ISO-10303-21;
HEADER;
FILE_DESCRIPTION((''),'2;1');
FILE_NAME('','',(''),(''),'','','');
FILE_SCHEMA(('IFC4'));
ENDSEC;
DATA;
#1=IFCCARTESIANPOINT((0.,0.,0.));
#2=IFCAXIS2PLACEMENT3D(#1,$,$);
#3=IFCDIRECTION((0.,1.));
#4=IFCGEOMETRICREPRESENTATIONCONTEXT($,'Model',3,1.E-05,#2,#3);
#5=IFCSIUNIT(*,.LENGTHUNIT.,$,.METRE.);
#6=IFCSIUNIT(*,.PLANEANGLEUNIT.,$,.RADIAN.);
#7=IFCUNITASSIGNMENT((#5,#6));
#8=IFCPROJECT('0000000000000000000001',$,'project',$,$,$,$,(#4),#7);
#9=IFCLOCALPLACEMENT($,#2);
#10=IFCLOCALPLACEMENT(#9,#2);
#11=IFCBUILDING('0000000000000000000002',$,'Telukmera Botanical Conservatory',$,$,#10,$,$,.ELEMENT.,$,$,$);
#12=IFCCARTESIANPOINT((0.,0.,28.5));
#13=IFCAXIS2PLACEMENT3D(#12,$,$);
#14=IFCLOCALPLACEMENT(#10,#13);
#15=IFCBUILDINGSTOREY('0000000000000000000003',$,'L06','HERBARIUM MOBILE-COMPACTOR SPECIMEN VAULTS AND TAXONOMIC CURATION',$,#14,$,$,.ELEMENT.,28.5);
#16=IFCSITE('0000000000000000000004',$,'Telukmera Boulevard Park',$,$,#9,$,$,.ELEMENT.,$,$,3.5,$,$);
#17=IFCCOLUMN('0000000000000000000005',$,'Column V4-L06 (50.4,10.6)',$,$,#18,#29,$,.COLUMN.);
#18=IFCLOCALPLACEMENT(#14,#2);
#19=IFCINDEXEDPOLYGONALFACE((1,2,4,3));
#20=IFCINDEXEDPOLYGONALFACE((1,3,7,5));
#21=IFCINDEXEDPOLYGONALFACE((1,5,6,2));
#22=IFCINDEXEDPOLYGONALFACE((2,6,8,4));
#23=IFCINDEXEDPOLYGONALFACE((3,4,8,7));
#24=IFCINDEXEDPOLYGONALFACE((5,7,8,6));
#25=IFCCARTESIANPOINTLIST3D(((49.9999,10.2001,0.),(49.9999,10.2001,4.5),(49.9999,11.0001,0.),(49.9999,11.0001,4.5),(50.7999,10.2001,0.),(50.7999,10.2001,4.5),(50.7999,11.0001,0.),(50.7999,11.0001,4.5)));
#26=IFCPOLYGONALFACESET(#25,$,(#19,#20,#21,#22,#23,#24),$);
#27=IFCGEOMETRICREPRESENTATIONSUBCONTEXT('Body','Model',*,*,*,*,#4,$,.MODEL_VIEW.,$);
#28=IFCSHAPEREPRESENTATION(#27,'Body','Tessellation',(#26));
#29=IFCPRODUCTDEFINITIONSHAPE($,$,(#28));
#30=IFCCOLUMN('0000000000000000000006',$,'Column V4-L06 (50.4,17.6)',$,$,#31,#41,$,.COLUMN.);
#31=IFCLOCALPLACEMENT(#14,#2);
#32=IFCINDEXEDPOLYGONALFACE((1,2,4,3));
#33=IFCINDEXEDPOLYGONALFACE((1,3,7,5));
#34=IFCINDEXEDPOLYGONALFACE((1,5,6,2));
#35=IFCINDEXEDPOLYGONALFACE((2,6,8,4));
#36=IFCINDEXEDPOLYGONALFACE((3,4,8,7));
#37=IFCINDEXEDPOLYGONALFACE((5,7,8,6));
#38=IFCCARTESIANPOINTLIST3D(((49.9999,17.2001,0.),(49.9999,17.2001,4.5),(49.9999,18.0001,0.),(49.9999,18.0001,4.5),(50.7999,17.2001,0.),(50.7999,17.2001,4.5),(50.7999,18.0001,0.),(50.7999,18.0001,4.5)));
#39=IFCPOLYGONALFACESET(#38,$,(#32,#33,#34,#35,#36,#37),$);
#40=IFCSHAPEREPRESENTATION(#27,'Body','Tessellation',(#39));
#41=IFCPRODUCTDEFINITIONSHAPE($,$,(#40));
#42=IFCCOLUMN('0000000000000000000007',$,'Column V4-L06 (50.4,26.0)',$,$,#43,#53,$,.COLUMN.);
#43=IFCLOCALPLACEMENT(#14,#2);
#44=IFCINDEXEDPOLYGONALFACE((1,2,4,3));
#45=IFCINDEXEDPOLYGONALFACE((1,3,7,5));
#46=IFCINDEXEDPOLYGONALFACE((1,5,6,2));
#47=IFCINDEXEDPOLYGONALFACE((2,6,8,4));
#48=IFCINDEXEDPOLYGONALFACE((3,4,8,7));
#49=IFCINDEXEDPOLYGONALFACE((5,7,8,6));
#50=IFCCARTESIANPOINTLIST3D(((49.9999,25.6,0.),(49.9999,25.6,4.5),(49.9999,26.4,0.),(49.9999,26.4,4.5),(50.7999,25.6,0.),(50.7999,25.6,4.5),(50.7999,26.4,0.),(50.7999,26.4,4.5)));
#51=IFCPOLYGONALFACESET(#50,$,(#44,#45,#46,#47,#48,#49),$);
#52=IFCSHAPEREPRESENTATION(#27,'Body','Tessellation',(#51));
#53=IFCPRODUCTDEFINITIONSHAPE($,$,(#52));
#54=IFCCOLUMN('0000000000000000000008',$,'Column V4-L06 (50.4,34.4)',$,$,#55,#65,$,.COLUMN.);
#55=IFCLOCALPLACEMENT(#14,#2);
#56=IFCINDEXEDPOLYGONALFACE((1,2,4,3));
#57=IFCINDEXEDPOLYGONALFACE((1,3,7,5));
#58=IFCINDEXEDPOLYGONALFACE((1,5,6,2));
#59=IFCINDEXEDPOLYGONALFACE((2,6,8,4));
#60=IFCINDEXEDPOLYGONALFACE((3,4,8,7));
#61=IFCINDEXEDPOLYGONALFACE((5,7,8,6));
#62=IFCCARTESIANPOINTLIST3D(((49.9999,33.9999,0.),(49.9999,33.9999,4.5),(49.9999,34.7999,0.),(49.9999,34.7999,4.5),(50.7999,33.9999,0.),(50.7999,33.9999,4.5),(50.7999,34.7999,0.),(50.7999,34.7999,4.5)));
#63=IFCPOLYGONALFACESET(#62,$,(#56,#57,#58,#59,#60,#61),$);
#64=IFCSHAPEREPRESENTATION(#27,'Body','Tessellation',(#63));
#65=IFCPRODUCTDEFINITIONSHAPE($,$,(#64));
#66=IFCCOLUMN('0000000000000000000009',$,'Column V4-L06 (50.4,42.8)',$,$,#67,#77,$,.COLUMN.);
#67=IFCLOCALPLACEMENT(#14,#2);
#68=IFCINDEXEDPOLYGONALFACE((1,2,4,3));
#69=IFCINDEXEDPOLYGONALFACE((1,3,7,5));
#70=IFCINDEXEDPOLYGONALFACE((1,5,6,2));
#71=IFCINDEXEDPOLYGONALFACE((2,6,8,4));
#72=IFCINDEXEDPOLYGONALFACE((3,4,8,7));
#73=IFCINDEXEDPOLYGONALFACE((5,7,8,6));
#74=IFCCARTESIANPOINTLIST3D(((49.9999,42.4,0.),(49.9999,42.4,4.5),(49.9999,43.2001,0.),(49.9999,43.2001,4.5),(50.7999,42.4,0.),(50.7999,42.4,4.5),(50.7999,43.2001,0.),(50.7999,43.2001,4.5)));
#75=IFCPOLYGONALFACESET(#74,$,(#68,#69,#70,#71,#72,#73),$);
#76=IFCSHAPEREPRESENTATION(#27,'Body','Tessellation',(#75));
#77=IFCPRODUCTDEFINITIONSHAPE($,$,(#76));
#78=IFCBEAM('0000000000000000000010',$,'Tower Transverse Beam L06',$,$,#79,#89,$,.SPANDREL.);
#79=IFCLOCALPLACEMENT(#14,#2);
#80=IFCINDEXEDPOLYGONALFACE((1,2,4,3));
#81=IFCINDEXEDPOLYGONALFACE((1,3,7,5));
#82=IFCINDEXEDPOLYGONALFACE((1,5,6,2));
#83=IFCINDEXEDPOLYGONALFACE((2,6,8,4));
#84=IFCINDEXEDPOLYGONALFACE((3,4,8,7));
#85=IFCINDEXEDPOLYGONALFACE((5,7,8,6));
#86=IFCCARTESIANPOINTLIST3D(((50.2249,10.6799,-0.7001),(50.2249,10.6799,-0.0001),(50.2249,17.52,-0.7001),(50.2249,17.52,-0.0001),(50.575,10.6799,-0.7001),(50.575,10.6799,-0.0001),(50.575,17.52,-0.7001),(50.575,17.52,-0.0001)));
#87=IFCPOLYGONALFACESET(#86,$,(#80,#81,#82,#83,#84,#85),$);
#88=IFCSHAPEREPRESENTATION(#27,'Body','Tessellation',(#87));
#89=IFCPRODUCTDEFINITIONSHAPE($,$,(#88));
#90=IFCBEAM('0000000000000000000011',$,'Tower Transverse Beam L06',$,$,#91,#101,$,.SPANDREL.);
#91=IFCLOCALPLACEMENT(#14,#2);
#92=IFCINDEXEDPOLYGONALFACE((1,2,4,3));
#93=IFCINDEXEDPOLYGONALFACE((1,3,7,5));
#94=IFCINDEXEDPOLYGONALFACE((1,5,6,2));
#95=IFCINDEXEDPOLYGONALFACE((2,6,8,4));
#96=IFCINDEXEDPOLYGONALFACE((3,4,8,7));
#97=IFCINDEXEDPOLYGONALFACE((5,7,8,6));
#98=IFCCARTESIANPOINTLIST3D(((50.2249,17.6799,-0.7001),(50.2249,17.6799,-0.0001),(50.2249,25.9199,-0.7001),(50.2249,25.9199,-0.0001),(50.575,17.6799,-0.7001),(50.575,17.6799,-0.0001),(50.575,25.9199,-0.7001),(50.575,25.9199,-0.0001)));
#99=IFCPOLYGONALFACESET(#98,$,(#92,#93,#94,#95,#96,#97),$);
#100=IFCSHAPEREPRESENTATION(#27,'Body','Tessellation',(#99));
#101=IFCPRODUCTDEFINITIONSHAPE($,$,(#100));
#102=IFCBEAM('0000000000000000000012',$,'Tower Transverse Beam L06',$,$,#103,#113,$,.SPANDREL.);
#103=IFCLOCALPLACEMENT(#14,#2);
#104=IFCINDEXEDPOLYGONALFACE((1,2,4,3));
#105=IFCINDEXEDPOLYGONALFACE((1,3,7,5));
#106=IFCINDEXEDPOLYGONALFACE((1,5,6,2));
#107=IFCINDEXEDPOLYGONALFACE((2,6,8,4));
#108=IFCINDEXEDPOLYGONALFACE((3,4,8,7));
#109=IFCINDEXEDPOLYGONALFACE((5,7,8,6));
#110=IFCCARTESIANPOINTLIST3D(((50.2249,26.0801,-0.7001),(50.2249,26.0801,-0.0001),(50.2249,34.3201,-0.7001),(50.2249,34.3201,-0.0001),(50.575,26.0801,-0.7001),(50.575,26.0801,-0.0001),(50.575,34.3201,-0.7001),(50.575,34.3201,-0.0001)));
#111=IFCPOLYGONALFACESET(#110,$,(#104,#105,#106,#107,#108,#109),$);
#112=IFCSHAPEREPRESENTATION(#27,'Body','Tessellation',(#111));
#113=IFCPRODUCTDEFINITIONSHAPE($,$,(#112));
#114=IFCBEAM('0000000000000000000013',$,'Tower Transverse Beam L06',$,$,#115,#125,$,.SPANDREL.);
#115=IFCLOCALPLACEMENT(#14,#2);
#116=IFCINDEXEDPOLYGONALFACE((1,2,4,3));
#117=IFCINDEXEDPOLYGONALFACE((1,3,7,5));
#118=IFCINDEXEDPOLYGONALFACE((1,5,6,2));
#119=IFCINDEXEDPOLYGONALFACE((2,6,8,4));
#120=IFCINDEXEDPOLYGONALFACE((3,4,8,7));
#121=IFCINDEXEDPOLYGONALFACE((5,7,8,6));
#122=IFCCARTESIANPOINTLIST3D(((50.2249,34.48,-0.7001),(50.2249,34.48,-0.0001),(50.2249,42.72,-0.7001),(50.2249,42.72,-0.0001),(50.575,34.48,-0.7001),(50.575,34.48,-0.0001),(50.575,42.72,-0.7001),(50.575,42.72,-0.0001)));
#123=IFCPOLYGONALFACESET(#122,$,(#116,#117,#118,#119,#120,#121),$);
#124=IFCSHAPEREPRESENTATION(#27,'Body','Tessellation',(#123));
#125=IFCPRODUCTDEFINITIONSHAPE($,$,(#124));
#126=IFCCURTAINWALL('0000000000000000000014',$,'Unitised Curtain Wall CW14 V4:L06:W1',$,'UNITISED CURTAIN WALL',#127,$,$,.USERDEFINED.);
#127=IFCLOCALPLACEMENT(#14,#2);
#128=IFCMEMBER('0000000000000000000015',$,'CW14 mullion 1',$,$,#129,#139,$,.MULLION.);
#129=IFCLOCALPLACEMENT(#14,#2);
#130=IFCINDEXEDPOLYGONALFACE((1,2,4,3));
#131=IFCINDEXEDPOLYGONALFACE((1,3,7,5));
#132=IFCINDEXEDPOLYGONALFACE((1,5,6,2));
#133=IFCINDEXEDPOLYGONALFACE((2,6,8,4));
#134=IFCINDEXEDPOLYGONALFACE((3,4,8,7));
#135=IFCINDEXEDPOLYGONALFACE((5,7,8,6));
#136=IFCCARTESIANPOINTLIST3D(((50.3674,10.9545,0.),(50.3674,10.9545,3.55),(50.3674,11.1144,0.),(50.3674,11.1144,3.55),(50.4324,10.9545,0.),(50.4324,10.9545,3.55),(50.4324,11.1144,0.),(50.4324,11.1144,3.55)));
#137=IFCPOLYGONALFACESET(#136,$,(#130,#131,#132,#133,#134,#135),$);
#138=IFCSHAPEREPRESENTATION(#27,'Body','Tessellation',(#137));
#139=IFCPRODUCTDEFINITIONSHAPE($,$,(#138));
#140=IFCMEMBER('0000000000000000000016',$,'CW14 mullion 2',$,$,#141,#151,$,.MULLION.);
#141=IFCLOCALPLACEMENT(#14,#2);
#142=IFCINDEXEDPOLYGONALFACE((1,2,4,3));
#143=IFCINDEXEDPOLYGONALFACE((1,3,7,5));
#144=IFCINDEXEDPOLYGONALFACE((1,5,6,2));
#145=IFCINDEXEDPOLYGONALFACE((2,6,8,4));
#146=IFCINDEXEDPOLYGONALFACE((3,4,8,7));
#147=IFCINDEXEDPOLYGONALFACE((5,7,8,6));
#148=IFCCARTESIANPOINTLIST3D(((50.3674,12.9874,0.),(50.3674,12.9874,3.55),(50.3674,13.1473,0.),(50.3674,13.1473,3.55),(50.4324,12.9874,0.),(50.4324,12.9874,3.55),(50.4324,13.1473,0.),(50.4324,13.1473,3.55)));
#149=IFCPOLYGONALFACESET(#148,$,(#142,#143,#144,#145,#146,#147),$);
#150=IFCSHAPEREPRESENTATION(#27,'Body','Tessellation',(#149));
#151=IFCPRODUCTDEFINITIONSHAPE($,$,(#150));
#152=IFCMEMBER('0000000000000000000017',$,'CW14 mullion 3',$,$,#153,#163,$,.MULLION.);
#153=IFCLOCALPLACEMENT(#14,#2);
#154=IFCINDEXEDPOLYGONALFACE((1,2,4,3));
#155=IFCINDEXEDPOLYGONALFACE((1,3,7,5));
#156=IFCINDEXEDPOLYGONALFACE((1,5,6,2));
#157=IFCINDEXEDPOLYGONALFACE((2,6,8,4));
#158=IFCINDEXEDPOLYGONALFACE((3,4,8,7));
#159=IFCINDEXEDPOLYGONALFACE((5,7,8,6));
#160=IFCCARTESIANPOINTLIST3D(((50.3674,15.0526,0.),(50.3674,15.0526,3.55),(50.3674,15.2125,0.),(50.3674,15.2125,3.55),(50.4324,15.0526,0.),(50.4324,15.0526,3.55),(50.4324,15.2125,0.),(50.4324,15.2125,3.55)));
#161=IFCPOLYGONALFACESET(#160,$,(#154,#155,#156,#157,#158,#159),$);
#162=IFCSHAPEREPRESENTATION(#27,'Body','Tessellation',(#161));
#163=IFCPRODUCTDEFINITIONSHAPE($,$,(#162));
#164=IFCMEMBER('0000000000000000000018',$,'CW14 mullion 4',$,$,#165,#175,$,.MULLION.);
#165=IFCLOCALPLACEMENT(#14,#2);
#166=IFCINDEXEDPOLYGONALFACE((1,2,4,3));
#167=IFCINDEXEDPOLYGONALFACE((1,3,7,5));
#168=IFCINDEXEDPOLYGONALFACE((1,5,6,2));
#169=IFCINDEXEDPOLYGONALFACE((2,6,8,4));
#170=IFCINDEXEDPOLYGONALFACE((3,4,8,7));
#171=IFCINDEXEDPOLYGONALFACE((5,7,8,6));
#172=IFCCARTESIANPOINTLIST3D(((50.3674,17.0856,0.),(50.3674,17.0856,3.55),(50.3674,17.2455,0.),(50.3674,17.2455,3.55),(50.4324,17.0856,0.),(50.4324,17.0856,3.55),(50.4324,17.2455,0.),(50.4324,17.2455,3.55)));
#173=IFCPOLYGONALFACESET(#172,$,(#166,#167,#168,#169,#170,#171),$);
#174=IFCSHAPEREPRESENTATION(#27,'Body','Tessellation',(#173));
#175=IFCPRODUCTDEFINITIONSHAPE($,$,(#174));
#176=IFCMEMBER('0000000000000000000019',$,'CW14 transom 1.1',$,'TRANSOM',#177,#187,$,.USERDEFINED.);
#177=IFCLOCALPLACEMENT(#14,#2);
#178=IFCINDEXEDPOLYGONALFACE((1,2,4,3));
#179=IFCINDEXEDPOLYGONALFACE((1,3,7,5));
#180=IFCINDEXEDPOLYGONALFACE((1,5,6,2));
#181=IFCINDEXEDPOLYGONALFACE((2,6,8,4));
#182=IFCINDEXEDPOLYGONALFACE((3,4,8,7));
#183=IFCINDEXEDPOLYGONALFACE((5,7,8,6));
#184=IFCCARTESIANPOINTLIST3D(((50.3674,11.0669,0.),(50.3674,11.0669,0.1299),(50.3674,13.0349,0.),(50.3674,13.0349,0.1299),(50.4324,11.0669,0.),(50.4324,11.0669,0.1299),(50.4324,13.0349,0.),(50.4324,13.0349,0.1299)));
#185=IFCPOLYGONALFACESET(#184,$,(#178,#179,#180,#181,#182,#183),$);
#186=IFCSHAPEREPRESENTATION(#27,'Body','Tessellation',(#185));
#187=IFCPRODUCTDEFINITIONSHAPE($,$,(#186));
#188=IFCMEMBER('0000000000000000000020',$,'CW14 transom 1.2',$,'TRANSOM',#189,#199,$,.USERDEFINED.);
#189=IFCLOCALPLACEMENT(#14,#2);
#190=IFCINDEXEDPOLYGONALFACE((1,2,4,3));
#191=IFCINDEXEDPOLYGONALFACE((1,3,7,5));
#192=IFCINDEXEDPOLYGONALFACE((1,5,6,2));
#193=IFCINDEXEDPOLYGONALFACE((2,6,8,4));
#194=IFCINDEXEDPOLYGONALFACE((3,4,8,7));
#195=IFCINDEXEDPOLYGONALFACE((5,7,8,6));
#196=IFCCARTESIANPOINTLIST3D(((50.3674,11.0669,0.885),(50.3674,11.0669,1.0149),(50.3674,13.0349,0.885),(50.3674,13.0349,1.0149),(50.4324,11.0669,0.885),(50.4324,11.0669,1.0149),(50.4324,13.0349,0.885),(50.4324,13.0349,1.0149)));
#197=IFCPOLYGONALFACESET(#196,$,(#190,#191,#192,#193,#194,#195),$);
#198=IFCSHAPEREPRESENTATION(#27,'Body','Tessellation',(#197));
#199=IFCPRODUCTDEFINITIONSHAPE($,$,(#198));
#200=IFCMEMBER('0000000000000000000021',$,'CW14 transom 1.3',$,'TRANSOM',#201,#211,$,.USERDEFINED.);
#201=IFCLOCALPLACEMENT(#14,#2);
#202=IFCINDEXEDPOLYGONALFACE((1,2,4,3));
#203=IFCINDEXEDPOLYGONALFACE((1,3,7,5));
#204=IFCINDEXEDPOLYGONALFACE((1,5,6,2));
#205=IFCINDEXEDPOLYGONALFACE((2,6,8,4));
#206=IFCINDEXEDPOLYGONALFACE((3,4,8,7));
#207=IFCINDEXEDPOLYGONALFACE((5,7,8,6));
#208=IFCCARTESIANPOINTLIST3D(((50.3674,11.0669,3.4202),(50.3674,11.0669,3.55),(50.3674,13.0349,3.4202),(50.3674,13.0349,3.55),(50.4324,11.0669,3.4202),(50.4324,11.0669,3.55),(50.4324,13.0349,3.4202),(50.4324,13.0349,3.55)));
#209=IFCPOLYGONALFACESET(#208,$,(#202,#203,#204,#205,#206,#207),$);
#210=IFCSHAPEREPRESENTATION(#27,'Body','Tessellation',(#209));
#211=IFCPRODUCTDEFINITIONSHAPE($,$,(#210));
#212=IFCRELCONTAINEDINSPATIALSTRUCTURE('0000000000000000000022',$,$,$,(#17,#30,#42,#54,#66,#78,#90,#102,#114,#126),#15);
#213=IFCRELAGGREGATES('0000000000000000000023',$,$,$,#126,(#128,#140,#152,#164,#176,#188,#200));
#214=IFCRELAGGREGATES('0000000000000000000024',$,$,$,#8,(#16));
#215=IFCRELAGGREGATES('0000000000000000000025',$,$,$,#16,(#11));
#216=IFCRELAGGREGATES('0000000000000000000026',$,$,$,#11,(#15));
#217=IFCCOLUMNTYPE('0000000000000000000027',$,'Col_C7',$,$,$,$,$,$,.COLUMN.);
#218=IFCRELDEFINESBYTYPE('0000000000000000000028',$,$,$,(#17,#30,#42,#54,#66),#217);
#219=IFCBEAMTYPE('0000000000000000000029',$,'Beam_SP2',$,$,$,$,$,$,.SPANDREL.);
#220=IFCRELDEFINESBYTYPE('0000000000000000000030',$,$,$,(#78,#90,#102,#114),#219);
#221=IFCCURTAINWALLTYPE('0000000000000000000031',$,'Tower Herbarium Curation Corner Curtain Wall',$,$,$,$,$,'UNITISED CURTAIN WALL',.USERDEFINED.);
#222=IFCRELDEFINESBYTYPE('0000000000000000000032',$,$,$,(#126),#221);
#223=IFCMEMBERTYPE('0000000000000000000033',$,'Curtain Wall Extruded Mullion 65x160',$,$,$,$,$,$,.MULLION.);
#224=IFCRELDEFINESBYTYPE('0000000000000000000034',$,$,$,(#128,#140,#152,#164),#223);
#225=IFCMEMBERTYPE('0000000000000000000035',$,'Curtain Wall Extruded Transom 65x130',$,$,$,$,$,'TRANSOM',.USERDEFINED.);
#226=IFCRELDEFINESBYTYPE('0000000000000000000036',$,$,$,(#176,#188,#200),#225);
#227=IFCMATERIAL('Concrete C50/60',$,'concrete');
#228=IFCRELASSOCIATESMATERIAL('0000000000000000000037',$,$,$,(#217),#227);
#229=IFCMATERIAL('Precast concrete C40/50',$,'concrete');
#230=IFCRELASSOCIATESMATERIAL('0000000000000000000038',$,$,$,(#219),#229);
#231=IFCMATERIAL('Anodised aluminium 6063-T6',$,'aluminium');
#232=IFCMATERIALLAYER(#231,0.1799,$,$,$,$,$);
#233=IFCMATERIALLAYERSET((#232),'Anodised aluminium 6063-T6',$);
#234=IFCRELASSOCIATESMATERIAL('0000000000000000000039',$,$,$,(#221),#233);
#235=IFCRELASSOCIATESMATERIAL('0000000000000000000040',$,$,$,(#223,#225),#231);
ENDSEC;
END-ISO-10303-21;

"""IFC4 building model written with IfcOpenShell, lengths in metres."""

from ifc_helpers import new_model, si_unit, direction, frame, origin, origin_2d, place, context, subcontext, project, spatial, rectangle, extrude, material, layer, layer_set, material_profile, profile_set, type_object, element, aggregate, save


model = new_model("IFC4")

# Units and contexts
model_context = context("Model", 3, precision=1e-05, world=origin(), true_north=direction((0.0, 1.0)))
body_context = subcontext(model_context, "Body", "Model", "MODEL_VIEW")
ifc_project = project(units=[si_unit("LENGTHUNIT", "METRE"), si_unit("PLANEANGLEUNIT", "RADIAN")], contexts=[model_context])

# Site, building, storey
site_placement = place(None, origin())
site = spatial("IfcSite", under=ifc_project, at=site_placement, Name="Telukmera Boulevard Park", CompositionType="ELEMENT", RefElevation=3.5)
building_placement = place(site_placement, origin())
building = spatial("IfcBuilding", under=site, at=building_placement, Name="Telukmera Botanical Conservatory", CompositionType="ELEMENT")
storey_placement = place(building_placement, frame((0.0, 0.0, 28.5)))
storey = spatial("IfcBuildingStorey", under=building, at=storey_placement, Name="L06", Description="HERBARIUM MOBILE-COMPACTOR SPECIMEN VAULTS AND TAXONOMIC CURATION", CompositionType="ELEMENT", Elevation=28.5)

# Columns
ifc_material_1 = material(Name="Concrete C50/60", Category="concrete")
ifc_material_profile_1 = material_profile(ifc_material_1, rectangle(XDim=0.8, YDim=0.8, at=origin_2d()), Name="RC 800x800")
ifc_profile_set_1 = profile_set([ifc_material_profile_1], Name="Concrete C50/60")
column_type = type_object("IfcColumnType", Name="Col_C7", PredefinedType="COLUMN", material=ifc_profile_set_1)
for number, where, z_axis, x_axis, name in (
    (1, (50.3999, 10.6001, 0.0), (0.0, 0.0, 1.0), (1.0, 0.0, 0.0), "Column V4-L06 (50.4,10.6)"),
    (2, (50.3999, 17.6001, 0.0), (0.0, 0.0, 1.0), (1.0, 0.0, 0.0), "Column V4-L06 (50.4,17.6)"),
    (3, (50.3999, 26.0, 0.0), (0.0, 0.0, 1.0), (1.0, 0.0, 0.0), "Column V4-L06 (50.4,26.0)"),
    (4, (50.3999, 34.3999, 0.0), (0.0, 0.0, 1.0), (1.0, 0.0, 0.0), "Column V4-L06 (50.4,34.4)"),
    (5, (50.3999, 42.8, 0.0), (0.0, 0.0, 1.0), (1.0, 0.0, 0.0), "Column V4-L06 (50.4,42.8)"),
):
    element("IfcColumn", number, at=place(storey_placement, frame(where, z_axis=z_axis, x_axis=x_axis)), inside=storey, type_object=column_type, Name=name, PredefinedType="COLUMN", context=body_context, shape_type="SweptSolid", body=[
        extrude(rectangle(XDim=0.8, YDim=0.8, at=origin_2d()), origin(), (0.0, 0.0, 1.0), 4.5),
    ])

# Beams
ifc_material_2 = material(Name="Precast concrete C40/50", Category="concrete")
ifc_material_profile_2 = material_profile(ifc_material_2, rectangle(XDim=0.3501, YDim=0.7, at=origin_2d()), Name="PC 350x700")
ifc_profile_set_2 = profile_set([ifc_material_profile_2], Name="Precast concrete C40/50")
beam_type = type_object("IfcBeamType", Name="Beam_SP2", PredefinedType="SPANDREL", material=ifc_profile_set_2)
beam_placement = place(storey_placement, frame((50.3999, 10.6799, -0.3501), z_axis=(0.0, 1.0, 0.0), x_axis=(-1.0, 0.0, 0.0)))
element("IfcBeam", 6, at=beam_placement, inside=storey, type_object=beam_type, Name="Tower Transverse Beam L06", PredefinedType="SPANDREL", context=body_context, shape_type="SweptSolid", body=[
    extrude(rectangle(XDim=0.3501, YDim=0.7, at=origin_2d()), origin(), (0.0, 0.0, 1.0), 6.8401),
])
for number, where, z_axis, x_axis, name in (
    (7, (50.3999, 17.6799, -0.3501), (0.0, 1.0, 0.0), (-1.0, 0.0, 0.0), "Tower Transverse Beam L06"),
    (8, (50.3999, 26.0801, -0.3501), (0.0, 1.0, 0.0), (-1.0, 0.0, 0.0), "Tower Transverse Beam L06"),
    (9, (50.3999, 34.48, -0.3501), (0.0, 1.0, 0.0), (-1.0, 0.0, 0.0), "Tower Transverse Beam L06"),
):
    element("IfcBeam", number, at=place(storey_placement, frame(where, z_axis=z_axis, x_axis=x_axis)), inside=storey, type_object=beam_type, Name=name, PredefinedType="SPANDREL", context=body_context, shape_type="SweptSolid", body=[
        extrude(rectangle(XDim=0.3501, YDim=0.7, at=origin_2d()), origin(), (0.0, 0.0, 1.0), 8.24),
    ])

# Curtain wall, members
ifc_material_3 = material(Name="Anodised aluminium 6063-T6", Category="aluminium")
ifc_layer_1 = layer(ifc_material_3, 0.1799)
ifc_layer_set_1 = layer_set([ifc_layer_1], Name="Anodised aluminium 6063-T6")
curtain_wall_type = type_object("IfcCurtainWallType", Name="Tower Herbarium Curation Corner Curtain Wall", ElementType="UNITISED CURTAIN WALL", PredefinedType="USERDEFINED", material=ifc_layer_set_1)
curtain_wall_placement = place(storey_placement, origin())
curtain_wall = element("IfcCurtainWall", 10, at=curtain_wall_placement, inside=storey, type_object=curtain_wall_type, Name="Unitised Curtain Wall CW14 V4:L06:W1", ObjectType="UNITISED CURTAIN WALL", PredefinedType="USERDEFINED")
ifc_material_profile_3 = material_profile(ifc_material_3, rectangle(XDim=0.0649, YDim=0.1599, at=origin_2d()), Name="ALU MULL 65x160")
ifc_profile_set_3 = profile_set([ifc_material_profile_3], Name="Anodised aluminium 6063-T6")
member_type_1 = type_object("IfcMemberType", Name="Curtain Wall Extruded Mullion 65x160", PredefinedType="MULLION", material=ifc_profile_set_3)
member_1_placement = place(storey_placement, frame((50.3999, 11.0344, 0.0), z_axis=(0.0, 0.0, 1.0), x_axis=(-1.0, 0.0, 0.0)))
member_1 = element("IfcMember", 11, at=member_1_placement, type_object=member_type_1, Name="CW14 mullion 1", PredefinedType="MULLION", context=body_context, shape_type="SweptSolid", body=[
    extrude(rectangle(XDim=0.0649, YDim=0.1599, at=origin_2d()), origin(), (0.0, 0.0, 1.0), 3.55),
])
member_2_placement = place(storey_placement, frame((50.3999, 13.0674, 0.0), z_axis=(0.0, 0.0, 1.0), x_axis=(-1.0, 0.0, 0.0)))
member_2 = element("IfcMember", 12, at=member_2_placement, type_object=member_type_1, Name="CW14 mullion 2", PredefinedType="MULLION", context=body_context, shape_type="SweptSolid", body=[
    extrude(rectangle(XDim=0.0649, YDim=0.1599, at=origin_2d()), origin(), (0.0, 0.0, 1.0), 3.55),
])
member_3_placement = place(storey_placement, frame((50.3999, 15.1326, 0.0), z_axis=(0.0, 0.0, 1.0), x_axis=(-1.0, 0.0, 0.0)))
member_3 = element("IfcMember", 13, at=member_3_placement, type_object=member_type_1, Name="CW14 mullion 3", PredefinedType="MULLION", context=body_context, shape_type="SweptSolid", body=[
    extrude(rectangle(XDim=0.0649, YDim=0.1599, at=origin_2d()), origin(), (0.0, 0.0, 1.0), 3.55),
])
member_4_placement = place(storey_placement, frame((50.3999, 17.1655, 0.0), z_axis=(0.0, 0.0, 1.0), x_axis=(-1.0, 0.0, 0.0)))
member_4 = element("IfcMember", 14, at=member_4_placement, type_object=member_type_1, Name="CW14 mullion 4", PredefinedType="MULLION", context=body_context, shape_type="SweptSolid", body=[
    extrude(rectangle(XDim=0.0649, YDim=0.1599, at=origin_2d()), origin(), (0.0, 0.0, 1.0), 3.55),
])
ifc_material_profile_4 = material_profile(ifc_material_3, rectangle(XDim=0.0649, YDim=0.1299, at=origin_2d()), Name="ALU TRAN 65x130")
ifc_profile_set_4 = profile_set([ifc_material_profile_4], Name="Anodised aluminium 6063-T6")
member_type_2 = type_object("IfcMemberType", Name="Curtain Wall Extruded Transom 65x130", ElementType="TRANSOM", PredefinedType="USERDEFINED", material=ifc_profile_set_4)
member_5_placement = place(storey_placement, frame((50.3999, 11.0669, 0.0649), z_axis=(0.0, 1.0, 0.0), x_axis=(-1.0, 0.0, 0.0)))
member_5 = element("IfcMember", 15, at=member_5_placement, type_object=member_type_2, Name="CW14 transom 1.1", ObjectType="TRANSOM", PredefinedType="USERDEFINED", context=body_context, shape_type="SweptSolid", body=[
    extrude(rectangle(XDim=0.0649, YDim=0.1299, at=origin_2d()), origin(), (0.0, 0.0, 1.0), 1.968),
])
member_6_placement = place(storey_placement, frame((50.3999, 11.0669, 0.95), z_axis=(0.0, 1.0, 0.0), x_axis=(-1.0, 0.0, 0.0)))
member_6 = element("IfcMember", 16, at=member_6_placement, type_object=member_type_2, Name="CW14 transom 1.2", ObjectType="TRANSOM", PredefinedType="USERDEFINED", context=body_context, shape_type="SweptSolid", body=[
    extrude(rectangle(XDim=0.0649, YDim=0.1299, at=origin_2d()), origin(), (0.0, 0.0, 1.0), 1.968),
])
member_7_placement = place(storey_placement, frame((50.3999, 11.0669, 3.4851), z_axis=(0.0, 1.0, 0.0), x_axis=(-1.0, 0.0, 0.0)))
member_7 = element("IfcMember", 17, at=member_7_placement, type_object=member_type_2, Name="CW14 transom 1.3", ObjectType="TRANSOM", PredefinedType="USERDEFINED", context=body_context, shape_type="SweptSolid", body=[
    extrude(rectangle(XDim=0.0649, YDim=0.1299, at=origin_2d()), origin(), (0.0, 0.0, 1.0), 1.968),
])
aggregate(curtain_wall, [member_1, member_2, member_3, member_4, member_5, member_6, member_7])

save(model, "model.ifc")
